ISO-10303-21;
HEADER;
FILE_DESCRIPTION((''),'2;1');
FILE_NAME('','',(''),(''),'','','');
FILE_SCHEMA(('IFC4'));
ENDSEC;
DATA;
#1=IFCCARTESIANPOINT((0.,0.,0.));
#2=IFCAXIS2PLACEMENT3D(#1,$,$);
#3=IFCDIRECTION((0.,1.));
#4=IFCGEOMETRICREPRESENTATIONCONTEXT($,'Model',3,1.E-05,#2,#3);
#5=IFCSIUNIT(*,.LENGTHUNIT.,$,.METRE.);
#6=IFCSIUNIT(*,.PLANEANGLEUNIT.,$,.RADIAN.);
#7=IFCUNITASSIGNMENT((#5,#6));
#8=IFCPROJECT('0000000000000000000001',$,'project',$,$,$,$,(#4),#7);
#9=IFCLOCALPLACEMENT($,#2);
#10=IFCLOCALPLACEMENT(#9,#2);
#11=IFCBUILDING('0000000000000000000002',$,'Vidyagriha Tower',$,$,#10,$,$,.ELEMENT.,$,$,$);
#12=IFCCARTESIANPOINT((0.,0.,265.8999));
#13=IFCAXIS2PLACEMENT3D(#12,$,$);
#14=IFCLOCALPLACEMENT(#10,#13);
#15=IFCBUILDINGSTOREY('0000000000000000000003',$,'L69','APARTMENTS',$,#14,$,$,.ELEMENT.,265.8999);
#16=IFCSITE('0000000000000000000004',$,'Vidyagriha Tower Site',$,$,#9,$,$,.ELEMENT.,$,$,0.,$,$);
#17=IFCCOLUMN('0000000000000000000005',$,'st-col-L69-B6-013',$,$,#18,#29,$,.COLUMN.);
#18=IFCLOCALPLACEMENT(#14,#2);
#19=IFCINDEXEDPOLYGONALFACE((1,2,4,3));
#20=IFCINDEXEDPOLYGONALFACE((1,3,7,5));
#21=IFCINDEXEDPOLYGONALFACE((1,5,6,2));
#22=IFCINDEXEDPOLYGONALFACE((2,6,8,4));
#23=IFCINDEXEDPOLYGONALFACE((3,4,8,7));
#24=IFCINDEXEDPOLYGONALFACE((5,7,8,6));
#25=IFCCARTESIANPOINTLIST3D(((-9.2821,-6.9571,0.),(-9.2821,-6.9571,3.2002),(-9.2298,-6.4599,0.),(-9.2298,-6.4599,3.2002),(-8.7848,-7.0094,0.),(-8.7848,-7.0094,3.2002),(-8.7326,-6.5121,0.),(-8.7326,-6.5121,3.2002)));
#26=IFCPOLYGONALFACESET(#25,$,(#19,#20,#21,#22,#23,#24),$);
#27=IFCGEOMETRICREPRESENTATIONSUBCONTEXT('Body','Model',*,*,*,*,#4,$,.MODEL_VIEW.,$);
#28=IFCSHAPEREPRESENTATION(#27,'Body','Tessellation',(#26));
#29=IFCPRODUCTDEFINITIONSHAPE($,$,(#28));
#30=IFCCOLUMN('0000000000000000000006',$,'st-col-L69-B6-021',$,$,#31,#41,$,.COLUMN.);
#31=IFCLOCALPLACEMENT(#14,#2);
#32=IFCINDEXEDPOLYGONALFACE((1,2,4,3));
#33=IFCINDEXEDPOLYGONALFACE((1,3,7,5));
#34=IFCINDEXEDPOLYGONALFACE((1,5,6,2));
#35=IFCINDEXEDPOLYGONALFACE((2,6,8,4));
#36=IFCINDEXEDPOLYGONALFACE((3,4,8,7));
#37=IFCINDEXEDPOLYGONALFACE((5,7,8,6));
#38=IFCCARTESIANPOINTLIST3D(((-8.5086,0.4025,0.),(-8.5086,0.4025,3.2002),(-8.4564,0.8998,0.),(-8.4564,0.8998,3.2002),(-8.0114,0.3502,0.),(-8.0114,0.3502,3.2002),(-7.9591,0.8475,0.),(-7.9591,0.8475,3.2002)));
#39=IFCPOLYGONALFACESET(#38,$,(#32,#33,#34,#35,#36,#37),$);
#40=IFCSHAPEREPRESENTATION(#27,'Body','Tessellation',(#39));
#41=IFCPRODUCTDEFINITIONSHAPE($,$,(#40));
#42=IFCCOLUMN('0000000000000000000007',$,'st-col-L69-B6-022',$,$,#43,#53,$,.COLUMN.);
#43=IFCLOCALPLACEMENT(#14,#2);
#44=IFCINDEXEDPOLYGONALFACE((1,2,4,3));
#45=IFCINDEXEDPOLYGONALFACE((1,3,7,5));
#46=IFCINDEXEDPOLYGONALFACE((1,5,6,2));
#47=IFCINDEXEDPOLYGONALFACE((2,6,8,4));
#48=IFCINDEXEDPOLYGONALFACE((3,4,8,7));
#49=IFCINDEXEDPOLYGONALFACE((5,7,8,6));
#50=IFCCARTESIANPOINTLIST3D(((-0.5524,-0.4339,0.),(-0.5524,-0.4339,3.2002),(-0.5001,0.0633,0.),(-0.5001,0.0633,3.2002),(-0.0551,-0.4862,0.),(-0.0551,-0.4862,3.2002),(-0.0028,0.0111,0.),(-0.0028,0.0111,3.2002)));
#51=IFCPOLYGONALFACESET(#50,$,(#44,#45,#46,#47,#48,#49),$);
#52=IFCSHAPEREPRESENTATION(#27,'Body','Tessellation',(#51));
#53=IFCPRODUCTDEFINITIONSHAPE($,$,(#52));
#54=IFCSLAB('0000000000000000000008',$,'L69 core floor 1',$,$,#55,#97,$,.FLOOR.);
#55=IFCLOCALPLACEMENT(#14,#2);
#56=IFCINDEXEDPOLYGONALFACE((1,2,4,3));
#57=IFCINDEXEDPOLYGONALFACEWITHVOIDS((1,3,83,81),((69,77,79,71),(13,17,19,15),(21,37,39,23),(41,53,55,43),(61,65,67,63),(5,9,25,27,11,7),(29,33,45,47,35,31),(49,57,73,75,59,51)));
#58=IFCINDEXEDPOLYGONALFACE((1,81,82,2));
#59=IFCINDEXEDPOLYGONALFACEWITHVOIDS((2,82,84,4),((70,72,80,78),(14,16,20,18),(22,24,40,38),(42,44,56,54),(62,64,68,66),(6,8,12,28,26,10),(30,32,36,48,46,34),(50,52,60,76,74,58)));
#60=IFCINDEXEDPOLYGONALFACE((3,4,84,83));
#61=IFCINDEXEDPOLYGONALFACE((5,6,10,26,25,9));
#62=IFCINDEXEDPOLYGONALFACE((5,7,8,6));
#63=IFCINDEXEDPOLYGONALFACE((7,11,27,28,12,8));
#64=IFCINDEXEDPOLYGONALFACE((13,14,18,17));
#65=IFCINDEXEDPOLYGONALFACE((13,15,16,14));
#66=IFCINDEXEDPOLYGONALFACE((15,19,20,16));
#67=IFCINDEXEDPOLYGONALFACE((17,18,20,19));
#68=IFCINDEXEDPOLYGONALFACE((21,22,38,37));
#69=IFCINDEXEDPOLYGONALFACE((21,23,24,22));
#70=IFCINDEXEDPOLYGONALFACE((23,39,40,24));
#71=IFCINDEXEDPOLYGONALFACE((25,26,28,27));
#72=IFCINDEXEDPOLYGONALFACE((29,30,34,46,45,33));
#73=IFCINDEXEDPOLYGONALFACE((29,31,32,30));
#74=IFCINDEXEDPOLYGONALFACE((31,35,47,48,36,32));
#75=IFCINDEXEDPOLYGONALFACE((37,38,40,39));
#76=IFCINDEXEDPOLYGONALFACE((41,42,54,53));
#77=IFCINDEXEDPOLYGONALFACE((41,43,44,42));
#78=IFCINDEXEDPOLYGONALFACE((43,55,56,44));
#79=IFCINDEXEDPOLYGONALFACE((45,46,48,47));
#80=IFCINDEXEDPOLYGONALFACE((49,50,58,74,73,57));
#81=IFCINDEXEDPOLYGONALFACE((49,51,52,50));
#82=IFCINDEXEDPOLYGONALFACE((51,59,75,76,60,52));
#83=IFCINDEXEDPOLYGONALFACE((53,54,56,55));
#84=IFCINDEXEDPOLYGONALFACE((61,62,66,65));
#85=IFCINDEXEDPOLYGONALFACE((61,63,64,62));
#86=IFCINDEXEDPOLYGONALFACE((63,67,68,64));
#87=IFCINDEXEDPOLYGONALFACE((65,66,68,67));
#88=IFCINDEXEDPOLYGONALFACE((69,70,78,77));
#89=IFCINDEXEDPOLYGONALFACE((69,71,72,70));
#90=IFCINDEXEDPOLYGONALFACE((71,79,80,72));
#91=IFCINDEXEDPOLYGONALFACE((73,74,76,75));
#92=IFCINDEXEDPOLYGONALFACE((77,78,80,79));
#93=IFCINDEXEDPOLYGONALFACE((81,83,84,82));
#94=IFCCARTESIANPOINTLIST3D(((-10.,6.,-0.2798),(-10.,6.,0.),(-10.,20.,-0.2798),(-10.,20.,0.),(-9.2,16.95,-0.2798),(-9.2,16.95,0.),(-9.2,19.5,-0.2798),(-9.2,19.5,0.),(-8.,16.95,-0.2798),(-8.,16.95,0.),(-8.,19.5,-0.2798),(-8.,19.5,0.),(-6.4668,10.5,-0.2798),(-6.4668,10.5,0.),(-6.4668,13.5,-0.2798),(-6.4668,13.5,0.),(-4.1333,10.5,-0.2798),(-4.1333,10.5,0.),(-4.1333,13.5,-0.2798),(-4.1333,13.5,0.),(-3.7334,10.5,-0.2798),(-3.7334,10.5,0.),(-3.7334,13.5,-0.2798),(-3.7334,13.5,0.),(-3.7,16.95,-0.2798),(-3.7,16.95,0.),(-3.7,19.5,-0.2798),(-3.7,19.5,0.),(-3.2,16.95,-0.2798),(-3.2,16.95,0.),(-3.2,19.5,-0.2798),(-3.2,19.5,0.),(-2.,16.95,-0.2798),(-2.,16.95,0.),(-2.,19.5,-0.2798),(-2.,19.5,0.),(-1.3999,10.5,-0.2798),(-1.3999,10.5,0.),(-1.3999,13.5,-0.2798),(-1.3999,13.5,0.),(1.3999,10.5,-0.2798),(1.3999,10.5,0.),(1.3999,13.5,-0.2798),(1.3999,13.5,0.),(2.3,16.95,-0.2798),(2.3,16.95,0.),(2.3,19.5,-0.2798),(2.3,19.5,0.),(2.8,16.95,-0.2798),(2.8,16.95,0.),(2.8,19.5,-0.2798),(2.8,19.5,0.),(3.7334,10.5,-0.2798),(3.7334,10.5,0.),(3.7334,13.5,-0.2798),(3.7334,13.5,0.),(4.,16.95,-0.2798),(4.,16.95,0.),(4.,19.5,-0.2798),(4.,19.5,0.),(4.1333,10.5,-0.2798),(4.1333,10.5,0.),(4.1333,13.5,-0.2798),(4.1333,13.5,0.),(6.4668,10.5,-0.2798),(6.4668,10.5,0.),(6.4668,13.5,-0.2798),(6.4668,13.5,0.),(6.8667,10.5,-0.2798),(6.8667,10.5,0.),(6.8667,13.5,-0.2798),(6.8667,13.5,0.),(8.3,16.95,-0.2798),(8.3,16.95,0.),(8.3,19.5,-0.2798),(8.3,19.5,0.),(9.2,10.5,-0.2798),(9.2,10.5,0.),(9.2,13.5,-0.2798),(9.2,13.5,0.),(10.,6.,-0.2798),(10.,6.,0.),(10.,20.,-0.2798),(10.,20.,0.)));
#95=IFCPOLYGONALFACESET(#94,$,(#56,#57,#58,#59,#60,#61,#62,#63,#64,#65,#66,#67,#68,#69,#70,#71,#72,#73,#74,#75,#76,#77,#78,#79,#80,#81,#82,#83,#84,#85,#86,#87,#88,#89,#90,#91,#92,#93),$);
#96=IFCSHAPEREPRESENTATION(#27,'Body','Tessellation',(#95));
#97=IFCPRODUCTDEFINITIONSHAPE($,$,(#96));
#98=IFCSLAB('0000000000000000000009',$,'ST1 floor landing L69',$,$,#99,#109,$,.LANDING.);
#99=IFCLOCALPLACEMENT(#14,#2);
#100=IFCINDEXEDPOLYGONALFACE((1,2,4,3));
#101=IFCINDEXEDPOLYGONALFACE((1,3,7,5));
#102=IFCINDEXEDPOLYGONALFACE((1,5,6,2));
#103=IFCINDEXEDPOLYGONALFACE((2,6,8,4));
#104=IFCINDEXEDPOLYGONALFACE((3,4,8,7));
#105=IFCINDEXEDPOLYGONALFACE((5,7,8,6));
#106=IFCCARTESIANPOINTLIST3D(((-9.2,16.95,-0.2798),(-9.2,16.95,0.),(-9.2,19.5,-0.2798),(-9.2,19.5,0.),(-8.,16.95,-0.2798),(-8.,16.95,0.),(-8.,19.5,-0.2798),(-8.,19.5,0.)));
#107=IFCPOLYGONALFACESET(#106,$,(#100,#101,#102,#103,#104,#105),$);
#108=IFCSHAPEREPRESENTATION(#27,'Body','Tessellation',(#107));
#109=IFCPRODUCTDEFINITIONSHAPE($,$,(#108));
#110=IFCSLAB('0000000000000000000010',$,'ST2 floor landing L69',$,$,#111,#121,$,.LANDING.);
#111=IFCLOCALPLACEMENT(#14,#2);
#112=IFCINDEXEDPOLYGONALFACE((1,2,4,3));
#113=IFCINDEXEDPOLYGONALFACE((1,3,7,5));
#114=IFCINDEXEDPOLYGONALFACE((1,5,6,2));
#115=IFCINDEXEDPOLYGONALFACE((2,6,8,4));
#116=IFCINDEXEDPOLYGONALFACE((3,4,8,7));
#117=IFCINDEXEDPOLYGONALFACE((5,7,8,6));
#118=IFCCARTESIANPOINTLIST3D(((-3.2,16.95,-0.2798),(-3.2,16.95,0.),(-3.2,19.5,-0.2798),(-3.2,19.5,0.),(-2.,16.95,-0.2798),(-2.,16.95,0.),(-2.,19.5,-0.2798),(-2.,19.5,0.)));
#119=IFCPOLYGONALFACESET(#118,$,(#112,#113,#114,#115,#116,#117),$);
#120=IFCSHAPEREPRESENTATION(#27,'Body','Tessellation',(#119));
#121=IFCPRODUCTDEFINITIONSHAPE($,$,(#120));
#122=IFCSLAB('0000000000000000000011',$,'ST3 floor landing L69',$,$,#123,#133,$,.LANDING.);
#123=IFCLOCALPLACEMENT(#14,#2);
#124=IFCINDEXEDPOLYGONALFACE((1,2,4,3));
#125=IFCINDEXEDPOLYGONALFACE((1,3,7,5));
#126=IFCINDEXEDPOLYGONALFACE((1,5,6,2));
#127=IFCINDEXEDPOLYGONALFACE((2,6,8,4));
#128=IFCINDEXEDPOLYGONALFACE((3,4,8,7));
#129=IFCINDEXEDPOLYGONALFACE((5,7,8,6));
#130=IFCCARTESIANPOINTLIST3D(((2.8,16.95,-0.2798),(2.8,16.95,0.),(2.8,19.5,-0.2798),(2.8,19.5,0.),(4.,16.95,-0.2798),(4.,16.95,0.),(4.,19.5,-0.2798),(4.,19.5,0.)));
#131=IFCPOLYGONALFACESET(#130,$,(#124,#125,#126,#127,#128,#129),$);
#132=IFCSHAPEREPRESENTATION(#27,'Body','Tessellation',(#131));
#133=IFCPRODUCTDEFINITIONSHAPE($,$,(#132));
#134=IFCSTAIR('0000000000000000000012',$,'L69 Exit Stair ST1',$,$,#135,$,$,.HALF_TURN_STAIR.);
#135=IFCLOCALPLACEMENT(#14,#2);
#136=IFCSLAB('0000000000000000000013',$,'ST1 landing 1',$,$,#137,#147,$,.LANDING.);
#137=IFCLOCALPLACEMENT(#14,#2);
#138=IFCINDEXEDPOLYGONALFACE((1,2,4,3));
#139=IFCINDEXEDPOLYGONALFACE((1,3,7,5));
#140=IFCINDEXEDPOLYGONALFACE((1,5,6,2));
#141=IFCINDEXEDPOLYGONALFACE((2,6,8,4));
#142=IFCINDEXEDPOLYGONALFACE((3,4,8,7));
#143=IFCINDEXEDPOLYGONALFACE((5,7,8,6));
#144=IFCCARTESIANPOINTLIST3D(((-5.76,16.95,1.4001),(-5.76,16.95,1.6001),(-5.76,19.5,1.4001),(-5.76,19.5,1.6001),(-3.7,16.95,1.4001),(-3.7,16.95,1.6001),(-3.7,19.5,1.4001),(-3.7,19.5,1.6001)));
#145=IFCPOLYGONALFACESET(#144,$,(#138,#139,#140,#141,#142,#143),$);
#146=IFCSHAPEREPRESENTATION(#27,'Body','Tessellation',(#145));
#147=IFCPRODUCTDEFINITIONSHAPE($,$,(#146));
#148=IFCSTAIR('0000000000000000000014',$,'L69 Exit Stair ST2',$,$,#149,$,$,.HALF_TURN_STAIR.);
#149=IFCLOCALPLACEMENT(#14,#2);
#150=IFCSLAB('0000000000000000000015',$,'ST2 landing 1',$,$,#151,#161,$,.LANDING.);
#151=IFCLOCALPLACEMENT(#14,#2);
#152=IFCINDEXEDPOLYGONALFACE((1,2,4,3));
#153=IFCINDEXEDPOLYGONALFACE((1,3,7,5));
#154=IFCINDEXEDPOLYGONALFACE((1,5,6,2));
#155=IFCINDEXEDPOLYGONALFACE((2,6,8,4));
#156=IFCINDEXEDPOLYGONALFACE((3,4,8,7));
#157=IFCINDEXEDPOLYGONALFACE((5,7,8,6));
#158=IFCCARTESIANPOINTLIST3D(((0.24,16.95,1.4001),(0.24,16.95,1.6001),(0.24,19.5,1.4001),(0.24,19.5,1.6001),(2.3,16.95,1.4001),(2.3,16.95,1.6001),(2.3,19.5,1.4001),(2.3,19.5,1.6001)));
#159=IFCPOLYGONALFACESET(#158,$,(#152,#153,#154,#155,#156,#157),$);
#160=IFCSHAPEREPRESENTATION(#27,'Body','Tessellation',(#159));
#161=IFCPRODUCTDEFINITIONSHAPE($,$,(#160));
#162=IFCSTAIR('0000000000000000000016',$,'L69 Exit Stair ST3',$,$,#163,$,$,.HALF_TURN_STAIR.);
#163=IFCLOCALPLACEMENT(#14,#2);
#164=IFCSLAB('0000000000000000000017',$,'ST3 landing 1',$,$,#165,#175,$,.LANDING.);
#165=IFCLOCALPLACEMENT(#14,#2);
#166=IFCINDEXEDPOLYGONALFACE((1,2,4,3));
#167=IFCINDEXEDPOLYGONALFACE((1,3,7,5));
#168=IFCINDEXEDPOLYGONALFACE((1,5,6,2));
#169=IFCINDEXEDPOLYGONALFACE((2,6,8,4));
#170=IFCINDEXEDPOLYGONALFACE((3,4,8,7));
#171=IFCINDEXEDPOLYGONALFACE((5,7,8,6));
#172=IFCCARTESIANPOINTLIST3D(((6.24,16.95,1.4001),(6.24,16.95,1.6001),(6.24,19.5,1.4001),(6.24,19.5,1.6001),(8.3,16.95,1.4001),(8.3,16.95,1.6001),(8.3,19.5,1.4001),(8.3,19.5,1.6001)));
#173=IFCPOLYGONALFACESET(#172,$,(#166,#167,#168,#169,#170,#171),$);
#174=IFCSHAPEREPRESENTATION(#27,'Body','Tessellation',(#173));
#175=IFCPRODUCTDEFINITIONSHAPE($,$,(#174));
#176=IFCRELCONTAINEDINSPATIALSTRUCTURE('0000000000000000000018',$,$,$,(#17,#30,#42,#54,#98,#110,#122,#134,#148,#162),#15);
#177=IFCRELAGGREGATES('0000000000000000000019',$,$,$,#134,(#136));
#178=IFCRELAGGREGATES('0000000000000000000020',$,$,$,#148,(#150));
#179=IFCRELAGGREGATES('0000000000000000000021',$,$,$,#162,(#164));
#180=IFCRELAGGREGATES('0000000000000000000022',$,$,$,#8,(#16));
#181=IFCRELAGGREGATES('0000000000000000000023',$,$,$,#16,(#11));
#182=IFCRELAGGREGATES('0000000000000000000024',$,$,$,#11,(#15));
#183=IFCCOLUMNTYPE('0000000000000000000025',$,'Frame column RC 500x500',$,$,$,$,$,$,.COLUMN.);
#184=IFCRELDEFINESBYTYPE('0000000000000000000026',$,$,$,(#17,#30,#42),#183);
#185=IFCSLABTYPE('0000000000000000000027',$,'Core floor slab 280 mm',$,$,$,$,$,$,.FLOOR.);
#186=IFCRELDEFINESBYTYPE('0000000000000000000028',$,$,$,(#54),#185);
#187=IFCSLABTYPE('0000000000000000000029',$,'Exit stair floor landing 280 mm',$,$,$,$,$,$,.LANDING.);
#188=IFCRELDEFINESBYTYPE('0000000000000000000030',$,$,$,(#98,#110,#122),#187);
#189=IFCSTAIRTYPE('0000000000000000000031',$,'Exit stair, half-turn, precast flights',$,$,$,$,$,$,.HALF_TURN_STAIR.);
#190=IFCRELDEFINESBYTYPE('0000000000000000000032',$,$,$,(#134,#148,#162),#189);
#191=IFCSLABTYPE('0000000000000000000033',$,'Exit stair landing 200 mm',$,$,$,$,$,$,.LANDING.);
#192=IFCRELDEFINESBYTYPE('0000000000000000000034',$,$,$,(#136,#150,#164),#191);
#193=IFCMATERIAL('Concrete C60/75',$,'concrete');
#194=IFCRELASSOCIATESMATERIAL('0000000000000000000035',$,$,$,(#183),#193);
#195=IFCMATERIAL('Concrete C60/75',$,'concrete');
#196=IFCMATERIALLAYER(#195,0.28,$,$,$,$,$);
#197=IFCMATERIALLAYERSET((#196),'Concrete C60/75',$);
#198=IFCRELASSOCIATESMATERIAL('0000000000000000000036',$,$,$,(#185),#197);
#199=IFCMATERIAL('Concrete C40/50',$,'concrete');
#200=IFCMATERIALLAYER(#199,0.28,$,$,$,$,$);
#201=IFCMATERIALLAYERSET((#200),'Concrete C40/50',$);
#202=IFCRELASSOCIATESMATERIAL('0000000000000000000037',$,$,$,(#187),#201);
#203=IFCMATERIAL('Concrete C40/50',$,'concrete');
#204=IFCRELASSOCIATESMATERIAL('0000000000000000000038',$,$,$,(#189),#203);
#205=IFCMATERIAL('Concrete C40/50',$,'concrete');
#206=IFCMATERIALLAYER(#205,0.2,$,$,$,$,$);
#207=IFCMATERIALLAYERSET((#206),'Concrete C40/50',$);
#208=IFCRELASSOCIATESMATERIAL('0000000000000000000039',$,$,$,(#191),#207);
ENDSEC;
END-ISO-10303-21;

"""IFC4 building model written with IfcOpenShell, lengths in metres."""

from ifc_helpers import new_model, si_unit, direction, frame, origin, origin_2d, place, context, subcontext, project, spatial, polyline, rectangle, outline, extrude, material, layer, layer_set, material_profile, profile_set, type_object, element, aggregate, save


model = new_model("IFC4")

# Units and contexts
model_context = context("Model", 3, precision=1e-05, world=origin(), true_north=direction((0.0, 1.0)))
body_context = subcontext(model_context, "Body", "Model", "MODEL_VIEW")
ifc_project = project(units=[si_unit("LENGTHUNIT", "METRE"), si_unit("PLANEANGLEUNIT", "RADIAN")], contexts=[model_context])

# Site, building, storey
site_placement = place(None, origin())
site = spatial("IfcSite", under=ifc_project, at=site_placement, Name="Vidyagriha Tower Site", CompositionType="ELEMENT", RefElevation=0.0)
building_placement = place(site_placement, origin())
building = spatial("IfcBuilding", under=site, at=building_placement, Name="Vidyagriha Tower", CompositionType="ELEMENT")
storey_placement = place(building_placement, frame((0.0, 0.0, 265.8999)))
storey = spatial("IfcBuildingStorey", under=building, at=storey_placement, Name="L69", Description="APARTMENTS", CompositionType="ELEMENT", Elevation=265.8999)

# Columns
ifc_material_1 = material(Name="Concrete C60/75", Category="concrete")
ifc_material_profile = material_profile(ifc_material_1, rectangle(XDim=0.5, YDim=0.5, at=origin_2d()), Name="RC 500x500")
ifc_profile_set = profile_set([ifc_material_profile], Name="Concrete C60/75")
column_type = type_object("IfcColumnType", Name="Frame column RC 500x500", PredefinedType="COLUMN", material=ifc_profile_set)
for number, where, z_axis, x_axis, name in (
    (1, (-9.0073, -6.7346, 0.0), (0.0, 0.0, 1.0), (0.994522, -0.104528, 0.0), "st-col-L69-B6-013"),
    (2, (-8.2339, 0.625, 0.0), (0.0, 0.0, 1.0), (0.994522, -0.104528, 0.0), "st-col-L69-B6-021"),
    (3, (-0.2776, -0.2114, 0.0), (0.0, 0.0, 1.0), (0.994522, -0.104528, 0.0), "st-col-L69-B6-022"),
):
    element("IfcColumn", number, at=place(storey_placement, frame(where, z_axis=z_axis, x_axis=x_axis)), inside=storey, type_object=column_type, Name=name, PredefinedType="COLUMN", context=body_context, shape_type="SweptSolid", body=[
        extrude(rectangle(XDim=0.5, YDim=0.5, at=origin_2d()), origin(), (0.0, 0.0, 1.0), 3.2002),
    ])

# Slabs
ifc_material_2 = material(Name="Concrete C60/75", Category="concrete")
ifc_layer_1 = layer(ifc_material_2, 0.28)
ifc_layer_set_1 = layer_set([ifc_layer_1], Name="Concrete C60/75")
slab_type_1 = type_object("IfcSlabType", Name="Core floor slab 280 mm", PredefinedType="FLOOR", material=ifc_layer_set_1)
slab_1_placement = place(storey_placement, frame((0.0, 0.0, -0.2798)))
element("IfcSlab", 4, at=slab_1_placement, inside=storey, type_object=slab_type_1, Name="L69 core floor 1", PredefinedType="FLOOR", context=body_context, shape_type="SweptSolid", body=[
    extrude(outline(polyline([(-10.0, 6.0), (-10.0, 20.0), (10.0, 20.0), (10.0, 6.0), (-10.0, 6.0)]), holes=[polyline([(6.8667, 13.5), (6.8667, 10.5), (9.2, 10.5), (9.2, 13.5), (6.8667, 13.5)]), polyline([(4.0, 19.5), (2.8, 19.5), (2.8, 16.95), (4.0, 16.95), (8.3, 16.95), (8.3, 19.5), (4.0, 19.5)]), polyline([(6.4668, 13.5), (4.1333, 13.5), (4.1333, 10.5), (6.4668, 10.5), (6.4668, 13.5)]), polyline([(3.7334, 13.5), (1.3999, 13.5), (1.3999, 10.5), (3.7334, 10.5), (3.7334, 13.5)]), polyline([(-2.0, 16.95), (2.3, 16.95), (2.3, 19.5), (-2.0, 19.5), (-3.2, 19.5), (-3.2, 16.95), (-2.0, 16.95)]), polyline([(-3.7334, 13.5), (-3.7334, 10.5), (-1.3999, 10.5), (-1.3999, 13.5), (-3.7334, 13.5)]), polyline([(-9.2, 19.5), (-9.2, 16.95), (-8.0, 16.95), (-3.7, 16.95), (-3.7, 19.5), (-8.0, 19.5), (-9.2, 19.5)]), polyline([(-6.4668, 13.5), (-6.4668, 10.5), (-4.1333, 10.5), (-4.1333, 13.5), (-6.4668, 13.5)])]), origin(), (0.0, 0.0, 1.0), 0.2798),
])
ifc_material_3 = material(Name="Concrete C40/50", Category="concrete")
ifc_layer_2 = layer(ifc_material_3, 0.28)
ifc_layer_set_2 = layer_set([ifc_layer_2], Name="Concrete C40/50")
slab_type_2 = type_object("IfcSlabType", Name="Exit stair floor landing 280 mm", PredefinedType="LANDING", material=ifc_layer_set_2)
slab_2_placement = place(storey_placement, frame((0.0, 0.0, -0.2798)))
element("IfcSlab", 5, at=slab_2_placement, inside=storey, type_object=slab_type_2, Name="ST1 floor landing L69", PredefinedType="LANDING", context=body_context, shape_type="SweptSolid", body=[
    extrude(outline(polyline([(-9.2, 16.95), (-8.0, 16.95), (-8.0, 19.5), (-9.2, 19.5), (-9.2, 16.95)])), origin(), (0.0, 0.0, 1.0), 0.2798),
])
slab_3_placement = place(storey_placement, frame((0.0, 0.0, -0.2798)))
element("IfcSlab", 6, at=slab_3_placement, inside=storey, type_object=slab_type_2, Name="ST2 floor landing L69", PredefinedType="LANDING", context=body_context, shape_type="SweptSolid", body=[
    extrude(outline(polyline([(-3.2, 16.95), (-2.0, 16.95), (-2.0, 19.5), (-3.2, 19.5), (-3.2, 16.95)])), origin(), (0.0, 0.0, 1.0), 0.2798),
])
slab_4_placement = place(storey_placement, frame((0.0, 0.0, -0.2798)))
element("IfcSlab", 7, at=slab_4_placement, inside=storey, type_object=slab_type_2, Name="ST3 floor landing L69", PredefinedType="LANDING", context=body_context, shape_type="SweptSolid", body=[
    extrude(outline(polyline([(2.8, 16.95), (4.0, 16.95), (4.0, 19.5), (2.8, 19.5), (2.8, 16.95)])), origin(), (0.0, 0.0, 1.0), 0.2798),
])

# Stairs, slabs
ifc_material_4 = material(Name="Concrete C40/50", Category="concrete")
stair_type = type_object("IfcStairType", Name="Exit stair, half-turn, precast flights", PredefinedType="HALF_TURN_STAIR", material=ifc_material_4)
stair_1_placement = place(storey_placement, origin())
stair_1 = element("IfcStair", 8, at=stair_1_placement, inside=storey, type_object=stair_type, Name="L69 Exit Stair ST1", PredefinedType="HALF_TURN_STAIR")
ifc_material_5 = material(Name="Concrete C40/50", Category="concrete")
ifc_layer_3 = layer(ifc_material_5, 0.2)
ifc_layer_set_3 = layer_set([ifc_layer_3], Name="Concrete C40/50")
slab_type_3 = type_object("IfcSlabType", Name="Exit stair landing 200 mm", PredefinedType="LANDING", material=ifc_layer_set_3)
slab_5_placement = place(storey_placement, frame((0.0, 0.0, 1.4001)))
slab_5 = element("IfcSlab", 9, at=slab_5_placement, type_object=slab_type_3, Name="ST1 landing 1", PredefinedType="LANDING", context=body_context, shape_type="SweptSolid", body=[
    extrude(outline(polyline([(-5.76, 16.95), (-3.7, 16.95), (-3.7, 19.5), (-5.76, 19.5), (-5.76, 16.95)])), origin(), (0.0, 0.0, 1.0), 0.2),
])
aggregate(stair_1, [slab_5])
stair_2_placement = place(storey_placement, origin())
stair_2 = element("IfcStair", 10, at=stair_2_placement, inside=storey, type_object=stair_type, Name="L69 Exit Stair ST2", PredefinedType="HALF_TURN_STAIR")
slab_6_placement = place(storey_placement, frame((0.0, 0.0, 1.4001)))
slab_6 = element("IfcSlab", 11, at=slab_6_placement, type_object=slab_type_3, Name="ST2 landing 1", PredefinedType="LANDING", context=body_context, shape_type="SweptSolid", body=[
    extrude(outline(polyline([(0.24, 16.95), (2.3, 16.95), (2.3, 19.5), (0.24, 19.5), (0.24, 16.95)])), origin(), (0.0, 0.0, 1.0), 0.2),
])
aggregate(stair_2, [slab_6])
stair_3_placement = place(storey_placement, origin())
stair_3 = element("IfcStair", 12, at=stair_3_placement, inside=storey, type_object=stair_type, Name="L69 Exit Stair ST3", PredefinedType="HALF_TURN_STAIR")
slab_7_placement = place(storey_placement, frame((0.0, 0.0, 1.4001)))
slab_7 = element("IfcSlab", 13, at=slab_7_placement, type_object=slab_type_3, Name="ST3 landing 1", PredefinedType="LANDING", context=body_context, shape_type="SweptSolid", body=[
    extrude(outline(polyline([(6.24, 16.95), (8.3, 16.95), (8.3, 19.5), (6.24, 19.5), (6.24, 16.95)])), origin(), (0.0, 0.0, 1.0), 0.2),
])
aggregate(stair_3, [slab_7])

save(model, "model.ifc")
